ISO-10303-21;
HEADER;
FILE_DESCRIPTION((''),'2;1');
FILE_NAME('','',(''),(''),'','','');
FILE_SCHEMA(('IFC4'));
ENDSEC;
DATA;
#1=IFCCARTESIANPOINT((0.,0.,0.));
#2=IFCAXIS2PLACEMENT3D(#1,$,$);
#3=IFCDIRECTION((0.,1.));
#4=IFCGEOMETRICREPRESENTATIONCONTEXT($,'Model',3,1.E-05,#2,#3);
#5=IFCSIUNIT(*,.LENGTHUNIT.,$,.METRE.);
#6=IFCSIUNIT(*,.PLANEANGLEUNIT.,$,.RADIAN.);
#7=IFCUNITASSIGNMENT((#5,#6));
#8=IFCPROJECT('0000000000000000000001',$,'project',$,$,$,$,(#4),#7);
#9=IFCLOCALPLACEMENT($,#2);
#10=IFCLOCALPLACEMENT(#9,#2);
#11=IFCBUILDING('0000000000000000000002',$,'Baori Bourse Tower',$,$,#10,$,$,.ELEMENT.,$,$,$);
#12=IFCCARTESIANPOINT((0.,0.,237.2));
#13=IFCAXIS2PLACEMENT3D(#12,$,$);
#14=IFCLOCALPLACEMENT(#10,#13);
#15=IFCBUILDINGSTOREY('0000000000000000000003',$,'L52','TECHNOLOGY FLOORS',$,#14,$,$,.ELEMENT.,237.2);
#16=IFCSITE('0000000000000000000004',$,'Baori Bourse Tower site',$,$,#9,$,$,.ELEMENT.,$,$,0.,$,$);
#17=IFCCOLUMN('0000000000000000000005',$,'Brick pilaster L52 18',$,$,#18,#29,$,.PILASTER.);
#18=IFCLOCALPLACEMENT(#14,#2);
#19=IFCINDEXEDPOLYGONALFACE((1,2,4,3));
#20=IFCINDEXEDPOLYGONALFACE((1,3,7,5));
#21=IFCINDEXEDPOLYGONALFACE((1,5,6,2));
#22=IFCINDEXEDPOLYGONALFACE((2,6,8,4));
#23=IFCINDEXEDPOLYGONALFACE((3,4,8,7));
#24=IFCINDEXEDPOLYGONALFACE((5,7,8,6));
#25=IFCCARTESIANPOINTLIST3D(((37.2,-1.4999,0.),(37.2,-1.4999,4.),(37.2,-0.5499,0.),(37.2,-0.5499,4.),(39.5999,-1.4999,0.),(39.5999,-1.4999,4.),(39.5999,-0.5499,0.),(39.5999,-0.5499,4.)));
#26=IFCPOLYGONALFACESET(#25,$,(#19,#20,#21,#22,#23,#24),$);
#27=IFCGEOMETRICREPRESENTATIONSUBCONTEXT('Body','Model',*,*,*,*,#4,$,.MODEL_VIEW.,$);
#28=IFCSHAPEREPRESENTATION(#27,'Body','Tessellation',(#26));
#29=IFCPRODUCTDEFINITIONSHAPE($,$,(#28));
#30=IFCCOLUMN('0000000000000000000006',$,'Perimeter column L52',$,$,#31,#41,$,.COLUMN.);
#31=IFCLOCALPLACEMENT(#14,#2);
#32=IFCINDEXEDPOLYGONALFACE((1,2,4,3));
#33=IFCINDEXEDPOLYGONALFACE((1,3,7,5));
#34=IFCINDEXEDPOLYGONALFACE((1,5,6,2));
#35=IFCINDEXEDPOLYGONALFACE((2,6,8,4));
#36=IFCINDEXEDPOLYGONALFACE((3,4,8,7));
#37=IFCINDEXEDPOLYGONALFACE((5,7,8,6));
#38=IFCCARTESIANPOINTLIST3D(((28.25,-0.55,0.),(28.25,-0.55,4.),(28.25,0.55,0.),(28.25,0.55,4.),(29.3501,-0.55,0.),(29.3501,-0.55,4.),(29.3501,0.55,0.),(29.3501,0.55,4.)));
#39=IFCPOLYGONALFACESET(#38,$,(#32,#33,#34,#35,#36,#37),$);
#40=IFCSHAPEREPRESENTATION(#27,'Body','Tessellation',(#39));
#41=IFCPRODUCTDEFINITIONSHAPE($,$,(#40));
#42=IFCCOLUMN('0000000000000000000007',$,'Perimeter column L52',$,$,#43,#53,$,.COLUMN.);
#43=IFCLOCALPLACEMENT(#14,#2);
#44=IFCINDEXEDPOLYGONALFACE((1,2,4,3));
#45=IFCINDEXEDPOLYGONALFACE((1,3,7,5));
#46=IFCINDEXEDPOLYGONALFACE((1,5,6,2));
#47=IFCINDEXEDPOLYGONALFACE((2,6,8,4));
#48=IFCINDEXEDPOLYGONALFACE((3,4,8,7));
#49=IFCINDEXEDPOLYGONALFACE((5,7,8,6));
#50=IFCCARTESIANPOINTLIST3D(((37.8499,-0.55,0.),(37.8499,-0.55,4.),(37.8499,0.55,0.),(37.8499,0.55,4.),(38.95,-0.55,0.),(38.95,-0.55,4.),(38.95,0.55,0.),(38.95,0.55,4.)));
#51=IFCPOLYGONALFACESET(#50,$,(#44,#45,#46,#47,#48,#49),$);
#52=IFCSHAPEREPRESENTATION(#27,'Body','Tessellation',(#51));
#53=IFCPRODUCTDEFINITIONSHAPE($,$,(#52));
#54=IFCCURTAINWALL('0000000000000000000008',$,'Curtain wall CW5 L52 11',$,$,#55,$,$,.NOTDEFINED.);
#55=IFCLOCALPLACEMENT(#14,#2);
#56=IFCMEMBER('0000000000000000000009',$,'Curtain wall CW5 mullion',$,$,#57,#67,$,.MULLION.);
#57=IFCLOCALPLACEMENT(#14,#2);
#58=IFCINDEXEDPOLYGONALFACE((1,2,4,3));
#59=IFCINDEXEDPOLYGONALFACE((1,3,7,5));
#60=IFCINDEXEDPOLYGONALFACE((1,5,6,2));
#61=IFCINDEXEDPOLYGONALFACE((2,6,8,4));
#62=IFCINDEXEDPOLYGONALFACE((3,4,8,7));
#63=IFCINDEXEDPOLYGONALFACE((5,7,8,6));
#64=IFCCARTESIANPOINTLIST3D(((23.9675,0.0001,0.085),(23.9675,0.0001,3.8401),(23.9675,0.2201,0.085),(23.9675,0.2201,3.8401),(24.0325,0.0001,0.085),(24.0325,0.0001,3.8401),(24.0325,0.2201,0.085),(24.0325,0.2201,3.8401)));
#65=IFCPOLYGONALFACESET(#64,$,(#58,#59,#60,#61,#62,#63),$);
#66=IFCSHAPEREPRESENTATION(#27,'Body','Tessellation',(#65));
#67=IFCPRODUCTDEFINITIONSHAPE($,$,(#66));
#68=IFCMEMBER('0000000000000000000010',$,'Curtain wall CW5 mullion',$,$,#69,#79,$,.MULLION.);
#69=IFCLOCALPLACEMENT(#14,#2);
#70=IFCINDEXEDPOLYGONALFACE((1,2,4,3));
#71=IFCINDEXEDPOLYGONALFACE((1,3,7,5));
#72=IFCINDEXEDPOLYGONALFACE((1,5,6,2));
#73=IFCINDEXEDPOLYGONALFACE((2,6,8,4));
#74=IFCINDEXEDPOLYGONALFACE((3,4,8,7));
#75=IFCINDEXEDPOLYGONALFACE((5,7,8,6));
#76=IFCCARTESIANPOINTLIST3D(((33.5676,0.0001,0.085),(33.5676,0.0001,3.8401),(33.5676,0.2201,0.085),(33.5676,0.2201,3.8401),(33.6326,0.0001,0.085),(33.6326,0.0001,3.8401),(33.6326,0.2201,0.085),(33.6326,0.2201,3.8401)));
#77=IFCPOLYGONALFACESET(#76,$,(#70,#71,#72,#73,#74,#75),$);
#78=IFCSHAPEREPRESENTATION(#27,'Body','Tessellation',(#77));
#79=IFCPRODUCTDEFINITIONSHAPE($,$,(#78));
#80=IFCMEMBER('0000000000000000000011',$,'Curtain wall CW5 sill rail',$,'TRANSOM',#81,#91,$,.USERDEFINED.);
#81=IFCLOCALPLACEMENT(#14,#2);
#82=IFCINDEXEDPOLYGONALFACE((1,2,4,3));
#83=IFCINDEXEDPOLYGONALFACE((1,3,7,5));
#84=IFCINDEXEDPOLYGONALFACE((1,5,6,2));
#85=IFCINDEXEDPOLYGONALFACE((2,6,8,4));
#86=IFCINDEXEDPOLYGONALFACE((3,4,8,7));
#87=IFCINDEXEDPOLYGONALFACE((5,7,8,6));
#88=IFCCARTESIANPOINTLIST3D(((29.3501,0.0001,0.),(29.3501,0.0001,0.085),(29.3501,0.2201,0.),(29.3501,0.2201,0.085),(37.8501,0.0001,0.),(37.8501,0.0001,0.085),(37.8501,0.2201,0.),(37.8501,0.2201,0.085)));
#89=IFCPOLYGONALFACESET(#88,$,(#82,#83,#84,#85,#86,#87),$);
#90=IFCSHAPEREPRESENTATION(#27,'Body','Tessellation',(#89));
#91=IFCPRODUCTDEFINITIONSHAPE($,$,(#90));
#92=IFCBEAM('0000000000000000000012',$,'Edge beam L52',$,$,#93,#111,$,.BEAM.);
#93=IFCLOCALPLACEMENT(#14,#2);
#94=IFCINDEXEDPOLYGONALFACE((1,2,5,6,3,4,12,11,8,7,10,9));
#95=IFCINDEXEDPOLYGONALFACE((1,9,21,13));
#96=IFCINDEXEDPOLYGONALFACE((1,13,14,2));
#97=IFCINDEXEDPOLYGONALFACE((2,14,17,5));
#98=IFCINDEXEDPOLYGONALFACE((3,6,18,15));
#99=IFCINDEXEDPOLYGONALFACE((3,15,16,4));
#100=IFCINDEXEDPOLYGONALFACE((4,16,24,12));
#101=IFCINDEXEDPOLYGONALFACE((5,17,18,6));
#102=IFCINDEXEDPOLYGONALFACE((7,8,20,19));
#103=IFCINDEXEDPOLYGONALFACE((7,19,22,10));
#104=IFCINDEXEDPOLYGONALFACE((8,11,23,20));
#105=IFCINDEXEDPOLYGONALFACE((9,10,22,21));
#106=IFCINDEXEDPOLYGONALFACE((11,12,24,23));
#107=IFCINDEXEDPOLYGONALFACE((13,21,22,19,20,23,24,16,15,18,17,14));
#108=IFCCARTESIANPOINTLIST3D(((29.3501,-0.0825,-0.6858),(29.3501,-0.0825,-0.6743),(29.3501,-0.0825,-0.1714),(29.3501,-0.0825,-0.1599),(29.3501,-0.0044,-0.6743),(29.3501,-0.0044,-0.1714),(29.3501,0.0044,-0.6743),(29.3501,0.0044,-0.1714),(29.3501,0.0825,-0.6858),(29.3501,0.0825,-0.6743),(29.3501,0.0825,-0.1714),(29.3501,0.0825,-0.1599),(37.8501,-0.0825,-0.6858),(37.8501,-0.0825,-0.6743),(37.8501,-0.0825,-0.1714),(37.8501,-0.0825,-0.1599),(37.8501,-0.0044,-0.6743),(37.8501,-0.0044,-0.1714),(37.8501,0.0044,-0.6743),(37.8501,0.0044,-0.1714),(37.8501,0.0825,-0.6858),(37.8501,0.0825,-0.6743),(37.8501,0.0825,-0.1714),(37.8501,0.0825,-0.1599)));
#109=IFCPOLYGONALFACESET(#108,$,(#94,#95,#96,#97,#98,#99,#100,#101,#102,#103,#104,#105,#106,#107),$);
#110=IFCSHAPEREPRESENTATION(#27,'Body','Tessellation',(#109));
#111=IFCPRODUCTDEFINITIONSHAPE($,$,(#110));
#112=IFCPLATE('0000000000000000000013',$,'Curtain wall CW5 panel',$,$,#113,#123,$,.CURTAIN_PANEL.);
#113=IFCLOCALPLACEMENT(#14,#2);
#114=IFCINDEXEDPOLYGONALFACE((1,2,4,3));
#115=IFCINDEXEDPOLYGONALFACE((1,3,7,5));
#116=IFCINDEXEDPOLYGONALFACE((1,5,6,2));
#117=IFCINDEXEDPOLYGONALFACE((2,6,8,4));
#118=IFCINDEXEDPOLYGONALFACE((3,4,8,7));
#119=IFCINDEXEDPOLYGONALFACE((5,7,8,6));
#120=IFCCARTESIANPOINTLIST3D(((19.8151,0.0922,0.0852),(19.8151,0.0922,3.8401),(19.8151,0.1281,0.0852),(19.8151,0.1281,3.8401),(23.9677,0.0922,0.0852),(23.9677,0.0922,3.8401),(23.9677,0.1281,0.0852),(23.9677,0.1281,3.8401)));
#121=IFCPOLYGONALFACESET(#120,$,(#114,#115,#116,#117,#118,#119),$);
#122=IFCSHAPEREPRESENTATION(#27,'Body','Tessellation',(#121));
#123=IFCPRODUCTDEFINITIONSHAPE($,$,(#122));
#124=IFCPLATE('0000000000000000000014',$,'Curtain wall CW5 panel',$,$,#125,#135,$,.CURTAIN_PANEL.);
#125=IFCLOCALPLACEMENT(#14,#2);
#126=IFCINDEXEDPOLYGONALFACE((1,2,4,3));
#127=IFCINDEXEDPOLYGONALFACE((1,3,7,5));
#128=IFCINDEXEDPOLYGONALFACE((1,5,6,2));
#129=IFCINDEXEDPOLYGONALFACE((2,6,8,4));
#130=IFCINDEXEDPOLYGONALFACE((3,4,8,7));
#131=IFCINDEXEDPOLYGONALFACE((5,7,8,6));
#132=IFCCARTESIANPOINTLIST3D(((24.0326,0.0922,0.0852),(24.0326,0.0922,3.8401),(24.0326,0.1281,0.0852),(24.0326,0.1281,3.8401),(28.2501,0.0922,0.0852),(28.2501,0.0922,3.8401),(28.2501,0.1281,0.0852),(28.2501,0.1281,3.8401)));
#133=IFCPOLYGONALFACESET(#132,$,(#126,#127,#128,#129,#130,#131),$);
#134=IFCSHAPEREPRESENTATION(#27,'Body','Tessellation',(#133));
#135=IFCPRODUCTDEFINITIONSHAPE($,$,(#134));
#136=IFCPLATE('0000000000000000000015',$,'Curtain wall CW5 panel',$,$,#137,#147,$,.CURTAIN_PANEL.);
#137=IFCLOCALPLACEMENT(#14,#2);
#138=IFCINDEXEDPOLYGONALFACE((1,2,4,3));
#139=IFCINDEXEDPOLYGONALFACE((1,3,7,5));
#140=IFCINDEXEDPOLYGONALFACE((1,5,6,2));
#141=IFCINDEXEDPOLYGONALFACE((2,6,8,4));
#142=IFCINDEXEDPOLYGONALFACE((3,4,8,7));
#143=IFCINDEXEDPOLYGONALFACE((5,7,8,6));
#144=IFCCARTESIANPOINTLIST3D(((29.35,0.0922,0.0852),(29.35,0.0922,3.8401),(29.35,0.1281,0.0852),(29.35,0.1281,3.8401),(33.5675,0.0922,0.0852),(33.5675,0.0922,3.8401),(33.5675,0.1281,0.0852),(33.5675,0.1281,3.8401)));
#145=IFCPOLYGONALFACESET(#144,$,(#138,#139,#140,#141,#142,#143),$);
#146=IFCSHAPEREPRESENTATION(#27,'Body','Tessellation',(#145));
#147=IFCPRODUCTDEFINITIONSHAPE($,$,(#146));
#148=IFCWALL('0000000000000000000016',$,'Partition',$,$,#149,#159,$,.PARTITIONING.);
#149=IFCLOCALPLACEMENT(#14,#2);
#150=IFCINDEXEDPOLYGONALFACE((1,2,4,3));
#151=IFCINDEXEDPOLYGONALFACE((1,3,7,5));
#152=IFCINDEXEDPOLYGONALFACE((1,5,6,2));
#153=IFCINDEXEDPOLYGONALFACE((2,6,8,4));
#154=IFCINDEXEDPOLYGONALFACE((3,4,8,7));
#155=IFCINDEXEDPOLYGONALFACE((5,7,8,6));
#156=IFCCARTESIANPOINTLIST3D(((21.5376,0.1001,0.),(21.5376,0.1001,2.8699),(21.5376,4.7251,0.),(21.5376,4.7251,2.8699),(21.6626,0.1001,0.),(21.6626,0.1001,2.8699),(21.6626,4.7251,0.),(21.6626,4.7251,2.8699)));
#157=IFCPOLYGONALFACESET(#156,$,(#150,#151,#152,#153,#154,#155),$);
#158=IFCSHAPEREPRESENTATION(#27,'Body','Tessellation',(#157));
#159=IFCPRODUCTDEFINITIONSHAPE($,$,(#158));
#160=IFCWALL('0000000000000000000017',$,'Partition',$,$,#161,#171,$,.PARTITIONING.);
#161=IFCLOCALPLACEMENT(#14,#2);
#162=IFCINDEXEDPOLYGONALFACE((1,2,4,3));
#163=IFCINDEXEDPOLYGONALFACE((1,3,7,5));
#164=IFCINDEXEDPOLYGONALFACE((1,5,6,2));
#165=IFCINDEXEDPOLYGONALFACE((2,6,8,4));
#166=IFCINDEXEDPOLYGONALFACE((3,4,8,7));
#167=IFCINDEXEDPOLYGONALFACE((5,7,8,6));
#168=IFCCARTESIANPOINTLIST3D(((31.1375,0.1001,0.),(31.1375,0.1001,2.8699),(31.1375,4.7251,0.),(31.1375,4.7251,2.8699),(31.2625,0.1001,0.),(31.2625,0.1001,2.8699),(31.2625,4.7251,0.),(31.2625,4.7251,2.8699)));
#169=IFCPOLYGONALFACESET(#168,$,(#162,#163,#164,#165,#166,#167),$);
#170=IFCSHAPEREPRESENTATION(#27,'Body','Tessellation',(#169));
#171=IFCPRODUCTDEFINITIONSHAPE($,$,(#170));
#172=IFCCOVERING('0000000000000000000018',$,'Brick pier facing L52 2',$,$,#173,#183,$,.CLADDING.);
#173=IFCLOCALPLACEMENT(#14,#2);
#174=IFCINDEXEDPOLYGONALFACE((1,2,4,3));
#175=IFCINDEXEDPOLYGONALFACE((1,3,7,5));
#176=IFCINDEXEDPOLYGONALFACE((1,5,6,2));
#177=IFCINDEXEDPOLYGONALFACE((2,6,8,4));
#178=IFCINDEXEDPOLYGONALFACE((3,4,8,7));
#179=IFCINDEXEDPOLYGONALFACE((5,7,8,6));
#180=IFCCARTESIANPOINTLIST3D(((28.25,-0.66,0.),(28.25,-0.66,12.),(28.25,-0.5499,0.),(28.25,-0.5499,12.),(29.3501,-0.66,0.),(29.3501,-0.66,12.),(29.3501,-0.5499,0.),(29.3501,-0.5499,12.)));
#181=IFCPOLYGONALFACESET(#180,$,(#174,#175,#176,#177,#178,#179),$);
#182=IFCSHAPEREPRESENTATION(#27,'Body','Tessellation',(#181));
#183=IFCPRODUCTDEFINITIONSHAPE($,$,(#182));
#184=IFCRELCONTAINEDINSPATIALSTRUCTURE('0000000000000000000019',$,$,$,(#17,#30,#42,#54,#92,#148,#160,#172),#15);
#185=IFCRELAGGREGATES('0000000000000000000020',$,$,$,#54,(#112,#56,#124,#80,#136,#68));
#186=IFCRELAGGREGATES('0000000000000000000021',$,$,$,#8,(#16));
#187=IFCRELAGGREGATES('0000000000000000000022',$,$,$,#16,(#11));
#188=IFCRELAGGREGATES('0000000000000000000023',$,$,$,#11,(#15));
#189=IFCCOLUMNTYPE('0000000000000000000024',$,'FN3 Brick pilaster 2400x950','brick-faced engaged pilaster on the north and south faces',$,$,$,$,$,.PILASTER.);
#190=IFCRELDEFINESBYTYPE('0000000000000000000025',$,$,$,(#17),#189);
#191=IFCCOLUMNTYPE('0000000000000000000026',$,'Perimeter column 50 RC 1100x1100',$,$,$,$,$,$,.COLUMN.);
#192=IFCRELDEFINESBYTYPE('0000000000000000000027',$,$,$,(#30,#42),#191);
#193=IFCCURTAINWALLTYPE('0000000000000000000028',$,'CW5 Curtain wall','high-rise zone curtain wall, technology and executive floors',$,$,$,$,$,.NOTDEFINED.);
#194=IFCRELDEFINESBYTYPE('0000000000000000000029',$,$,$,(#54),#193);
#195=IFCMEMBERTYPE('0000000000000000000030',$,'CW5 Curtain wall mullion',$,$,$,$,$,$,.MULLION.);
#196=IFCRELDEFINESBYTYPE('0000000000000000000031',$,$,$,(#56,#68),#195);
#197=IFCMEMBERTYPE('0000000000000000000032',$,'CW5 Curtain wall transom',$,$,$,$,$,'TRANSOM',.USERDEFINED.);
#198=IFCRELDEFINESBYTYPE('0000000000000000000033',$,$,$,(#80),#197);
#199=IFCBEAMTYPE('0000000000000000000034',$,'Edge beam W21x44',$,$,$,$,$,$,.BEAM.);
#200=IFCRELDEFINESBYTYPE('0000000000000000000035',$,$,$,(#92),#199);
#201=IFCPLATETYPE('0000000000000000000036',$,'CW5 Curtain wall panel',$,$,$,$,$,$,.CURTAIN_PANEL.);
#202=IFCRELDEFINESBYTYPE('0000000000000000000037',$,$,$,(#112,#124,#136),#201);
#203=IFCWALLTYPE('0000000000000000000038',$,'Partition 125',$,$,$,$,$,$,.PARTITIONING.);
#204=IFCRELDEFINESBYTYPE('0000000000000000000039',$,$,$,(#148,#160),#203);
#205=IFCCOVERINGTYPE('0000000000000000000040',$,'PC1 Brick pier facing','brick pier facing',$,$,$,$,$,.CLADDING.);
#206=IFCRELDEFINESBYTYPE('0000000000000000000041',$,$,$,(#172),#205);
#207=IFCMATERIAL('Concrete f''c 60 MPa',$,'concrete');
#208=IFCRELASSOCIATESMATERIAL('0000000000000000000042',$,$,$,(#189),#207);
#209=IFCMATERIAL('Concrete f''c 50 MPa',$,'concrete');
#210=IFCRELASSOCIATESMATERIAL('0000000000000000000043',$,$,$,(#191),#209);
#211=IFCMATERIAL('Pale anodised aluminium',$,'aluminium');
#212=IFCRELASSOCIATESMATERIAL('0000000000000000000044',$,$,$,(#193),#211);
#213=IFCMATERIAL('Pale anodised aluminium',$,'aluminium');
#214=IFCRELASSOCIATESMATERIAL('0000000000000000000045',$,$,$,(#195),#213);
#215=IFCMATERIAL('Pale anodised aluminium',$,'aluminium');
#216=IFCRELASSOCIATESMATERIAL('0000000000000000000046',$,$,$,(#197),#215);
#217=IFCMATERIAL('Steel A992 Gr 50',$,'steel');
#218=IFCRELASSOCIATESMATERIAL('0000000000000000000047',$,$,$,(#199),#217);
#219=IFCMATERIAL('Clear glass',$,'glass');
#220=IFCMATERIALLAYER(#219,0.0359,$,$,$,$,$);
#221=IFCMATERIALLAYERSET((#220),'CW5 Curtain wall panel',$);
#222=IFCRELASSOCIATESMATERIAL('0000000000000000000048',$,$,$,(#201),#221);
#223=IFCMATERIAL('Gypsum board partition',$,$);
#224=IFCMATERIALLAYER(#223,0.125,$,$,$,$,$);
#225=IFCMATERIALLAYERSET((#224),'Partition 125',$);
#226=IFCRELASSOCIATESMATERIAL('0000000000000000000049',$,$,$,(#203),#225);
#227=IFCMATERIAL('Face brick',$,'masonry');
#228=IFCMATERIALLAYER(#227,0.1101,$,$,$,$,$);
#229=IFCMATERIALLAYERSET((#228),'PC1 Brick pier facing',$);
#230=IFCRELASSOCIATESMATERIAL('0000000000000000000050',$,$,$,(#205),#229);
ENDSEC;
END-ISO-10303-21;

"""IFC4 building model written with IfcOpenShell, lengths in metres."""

from ifc_helpers import new_model, si_unit, direction, frame, frame_2d, origin, origin_2d, place, context, subcontext, project, spatial, rectangle, i_section, extrude, material, layer, layer_set, material_profile, profile_set, type_object, element, aggregate, save


model = new_model("IFC4")

# Units and contexts
model_context = context("Model", 3, precision=1e-05, world=origin(), true_north=direction((0.0, 1.0)))
body_context = subcontext(model_context, "Body", "Model", "MODEL_VIEW")
ifc_project = project(units=[si_unit("LENGTHUNIT", "METRE"), si_unit("PLANEANGLEUNIT", "RADIAN")], contexts=[model_context])

# Site, building, storey
site_placement = place(None, origin())
site = spatial("IfcSite", under=ifc_project, at=site_placement, Name="Baori Bourse Tower site", CompositionType="ELEMENT", RefElevation=0.0)
building_placement = place(site_placement, origin())
building = spatial("IfcBuilding", under=site, at=building_placement, Name="Baori Bourse Tower", CompositionType="ELEMENT")
storey_placement = place(building_placement, frame((0.0, 0.0, 237.2)))
storey = spatial("IfcBuildingStorey", under=building, at=storey_placement, Name="L52", Description="TECHNOLOGY FLOORS", CompositionType="ELEMENT", Elevation=237.2)

# Columns
ifc_material_1 = material(Name="Concrete f'c 60 MPa", Category="concrete")
ifc_material_profile_1 = material_profile(ifc_material_1, rectangle(XDim=2.3999, YDim=0.95, at=origin_2d()), Name="RC 2400x950")
ifc_profile_set_1 = profile_set([ifc_material_profile_1], Name="Concrete f'c 60 MPa")
column_type_1 = type_object("IfcColumnType", Name="FN3 Brick pilaster 2400x950", Description="brick-faced engaged pilaster on the north and south faces", PredefinedType="PILASTER", material=ifc_profile_set_1)
column_placement = place(storey_placement, frame((38.3999, -1.0249, 0.0), z_axis=(0.0, 0.0, 1.0), x_axis=(1.0, 0.0, 0.0)))
element("IfcColumn", 1, at=column_placement, inside=storey, type_object=column_type_1, Name="Brick pilaster L52 18", PredefinedType="PILASTER", context=body_context, shape_type="SweptSolid", body=[
    extrude(rectangle(XDim=2.3999, YDim=0.95, at=origin_2d()), origin(), (0.0, 0.0, 1.0), 4.0),
])
ifc_material_2 = material(Name="Concrete f'c 50 MPa", Category="concrete")
ifc_material_profile_2 = material_profile(ifc_material_2, rectangle(XDim=1.1001, YDim=1.1001, at=origin_2d()), Name="RC 1100x1100")
ifc_profile_set_2 = profile_set([ifc_material_profile_2], Name="Concrete f'c 50 MPa")
column_type_2 = type_object("IfcColumnType", Name="Perimeter column 50 RC 1100x1100", PredefinedType="COLUMN", material=ifc_profile_set_2)
for number, where, z_axis, x_axis, name in (
    (2, (28.8, 0.0, 0.0), (0.0, 0.0, 1.0), (1.0, 0.0, 0.0), "Perimeter column L52"),
    (3, (38.3999, 0.0, 0.0), (0.0, 0.0, 1.0), (1.0, 0.0, 0.0), "Perimeter column L52"),
):
    element("IfcColumn", number, at=place(storey_placement, frame(where, z_axis=z_axis, x_axis=x_axis)), inside=storey, type_object=column_type_2, Name=name, PredefinedType="COLUMN", context=body_context, shape_type="SweptSolid", body=[
        extrude(rectangle(XDim=1.1001, YDim=1.1001, at=origin_2d()), origin(), (0.0, 0.0, 1.0), 4.0),
    ])

# Curtain wall, members
ifc_material_3 = material(Name="Pale anodised aluminium", Category="aluminium")
curtain_wall_type = type_object("IfcCurtainWallType", Name="CW5 Curtain wall", Description="high-rise zone curtain wall, technology and executive floors", PredefinedType="NOTDEFINED", material=ifc_material_3)
curtain_wall_placement = place(storey_placement, origin())
curtain_wall = element("IfcCurtainWall", 4, at=curtain_wall_placement, inside=storey, type_object=curtain_wall_type, Name="Curtain wall CW5 L52 11", PredefinedType="NOTDEFINED")
ifc_material_4 = material(Name="Pale anodised aluminium", Category="aluminium")
ifc_material_profile_3 = material_profile(ifc_material_4, rectangle(XDim=0.22, YDim=0.0649, at=origin_2d()), Name="Mullion 65x220")
ifc_profile_set_3 = profile_set([ifc_material_profile_3], Name="Pale anodised aluminium")
member_type_1 = type_object("IfcMemberType", Name="CW5 Curtain wall mullion", PredefinedType="MULLION", material=ifc_profile_set_3)
member_1_placement = place(storey_placement, frame((24.0, 0.1101, 0.085), z_axis=(0.0, 0.0, 1.0), x_axis=(0.0, 1.0, 0.0)))
member_1 = element("IfcMember", 5, at=member_1_placement, type_object=member_type_1, Name="Curtain wall CW5 mullion", PredefinedType="MULLION", context=body_context, shape_type="SweptSolid", body=[
    extrude(rectangle(XDim=0.22, YDim=0.0649, at=origin_2d()), origin(), (0.0, 0.0, 1.0), 3.7551),
])
member_2_placement = place(storey_placement, frame((33.6001, 0.1101, 0.085), z_axis=(0.0, 0.0, 1.0), x_axis=(0.0, 1.0, 0.0)))
member_2 = element("IfcMember", 6, at=member_2_placement, type_object=member_type_1, Name="Curtain wall CW5 mullion", PredefinedType="MULLION", context=body_context, shape_type="SweptSolid", body=[
    extrude(rectangle(XDim=0.22, YDim=0.0649, at=origin_2d()), origin(), (0.0, 0.0, 1.0), 3.7551),
])
ifc_material_5 = material(Name="Pale anodised aluminium", Category="aluminium")
ifc_material_profile_4 = material_profile(ifc_material_5, rectangle(XDim=0.22, YDim=0.085, at=origin_2d()), Name="Transom 85x220")
ifc_profile_set_4 = profile_set([ifc_material_profile_4], Name="Pale anodised aluminium")
member_type_2 = type_object("IfcMemberType", Name="CW5 Curtain wall transom", ElementType="TRANSOM", PredefinedType="USERDEFINED", material=ifc_profile_set_4)
member_3_placement = place(storey_placement, frame((29.3501, 0.1101, 0.0425), z_axis=(1.0, 0.0, 0.0), x_axis=(0.0, 1.0, 0.0)))
member_3 = element("IfcMember", 7, at=member_3_placement, type_object=member_type_2, Name="Curtain wall CW5 sill rail", ObjectType="TRANSOM", PredefinedType="USERDEFINED", context=body_context, shape_type="SweptSolid", body=[
    extrude(rectangle(XDim=0.22, YDim=0.085, at=origin_2d()), origin(), (0.0, 0.0, 1.0), 8.5),
])

# Beam
ifc_material_6 = material(Name="Steel A992 Gr 50", Category="steel")
ifc_material_profile_5 = material_profile(ifc_material_6, i_section(OverallWidth=0.165, OverallDepth=0.5259, WebThickness=0.0088, FlangeThickness=0.0115, at=origin_2d()), Name="W21x44")
ifc_profile_set_5 = profile_set([ifc_material_profile_5], Name="Steel A992 Gr 50")
beam_type = type_object("IfcBeamType", Name="Edge beam W21x44", PredefinedType="BEAM", material=ifc_profile_set_5)
beam_placement = place(storey_placement, frame((29.3501, 0.0, -0.4229), z_axis=(1.0, 0.0, 0.0), x_axis=(0.0, 1.0, 0.0)))
element("IfcBeam", 8, at=beam_placement, inside=storey, type_object=beam_type, Name="Edge beam L52", PredefinedType="BEAM", context=body_context, shape_type="SweptSolid", body=[
    extrude(i_section(OverallWidth=0.165, OverallDepth=0.5259, WebThickness=0.0088, FlangeThickness=0.0115, at=origin_2d()), origin(), (0.0, 0.0, 1.0), 8.5),
])

# Plates
ifc_material_7 = material(Name="Clear glass", Category="glass")
ifc_layer_1 = layer(ifc_material_7, 0.0359)
ifc_layer_set_1 = layer_set([ifc_layer_1], Name="CW5 Curtain wall panel")
plate_type = type_object("IfcPlateType", Name="CW5 Curtain wall panel", PredefinedType="CURTAIN_PANEL", material=ifc_layer_set_1)
plate_1_placement = place(storey_placement, frame((21.8914, 0.1101, 0.0852), z_axis=(0.0, 0.0, 1.0), x_axis=(1.0, 0.0, 0.0)))
plate_1 = element("IfcPlate", 9, at=plate_1_placement, type_object=plate_type, Name="Curtain wall CW5 panel", PredefinedType="CURTAIN_PANEL", context=body_context, shape_type="SweptSolid", body=[
    extrude(rectangle(XDim=4.1526, YDim=0.0359, at=origin_2d()), origin(), (0.0, 0.0, 1.0), 3.7549),
])
plate_2_placement = place(storey_placement, frame((26.1414, 0.1101, 0.0852), z_axis=(0.0, 0.0, 1.0), x_axis=(1.0, 0.0, 0.0)))
plate_2 = element("IfcPlate", 10, at=plate_2_placement, type_object=plate_type, Name="Curtain wall CW5 panel", PredefinedType="CURTAIN_PANEL", context=body_context, shape_type="SweptSolid", body=[
    extrude(rectangle(XDim=4.2175, YDim=0.0359, at=origin_2d()), origin(), (0.0, 0.0, 1.0), 3.7549),
])
plate_3_placement = place(storey_placement, frame((31.4587, 0.1101, 0.0852), z_axis=(0.0, 0.0, 1.0), x_axis=(1.0, 0.0, 0.0)))
plate_3 = element("IfcPlate", 11, at=plate_3_placement, type_object=plate_type, Name="Curtain wall CW5 panel", PredefinedType="CURTAIN_PANEL", context=body_context, shape_type="SweptSolid", body=[
    extrude(rectangle(XDim=4.2175, YDim=0.0359, at=origin_2d()), origin(), (0.0, 0.0, 1.0), 3.7549),
])
aggregate(curtain_wall, [plate_1, member_1, plate_2, member_3, plate_3, member_2])

# Walls
ifc_material_8 = material(Name="Gypsum board partition")
ifc_layer_2 = layer(ifc_material_8, 0.125)
ifc_layer_set_2 = layer_set([ifc_layer_2], Name="Partition 125")
wall_type = type_object("IfcWallType", Name="Partition 125", PredefinedType="PARTITIONING", material=ifc_layer_set_2)
for number, where, z_axis, x_axis, name in (
    (12, (21.6001, 0.1001, 0.0), (0.0, 0.0, 1.0), (0.0, 1.0, 0.0), "Partition"),
    (13, (31.2, 0.1001, 0.0), (0.0, 0.0, 1.0), (0.0, 1.0, 0.0), "Partition"),
):
    element("IfcWall", number, at=place(storey_placement, frame(where, z_axis=z_axis, x_axis=x_axis)), inside=storey, type_object=wall_type, Name=name, PredefinedType="PARTITIONING", context=body_context, shape_type="SweptSolid", body=[
        extrude(rectangle(XDim=4.625, YDim=0.125, at=frame_2d((2.3125, 0.0))), origin(), (0.0, 0.0, 1.0), 2.8699),
    ])

# Covering
ifc_material_9 = material(Name="Face brick", Category="masonry")
ifc_layer_3 = layer(ifc_material_9, 0.1101)
ifc_layer_set_3 = layer_set([ifc_layer_3], Name="PC1 Brick pier facing")
covering_type = type_object("IfcCoveringType", Name="PC1 Brick pier facing", Description="brick pier facing", PredefinedType="CLADDING", material=ifc_layer_set_3)
covering_placement = place(storey_placement, frame((28.8, -0.605, 0.0), z_axis=(0.0, 0.0, 1.0), x_axis=(1.0, 0.0, 0.0)))
element("IfcCovering", 14, at=covering_placement, inside=storey, type_object=covering_type, Name="Brick pier facing L52 2", PredefinedType="CLADDING", context=body_context, shape_type="SweptSolid", body=[
    extrude(rectangle(XDim=1.1001, YDim=0.1101, at=origin_2d()), origin(), (0.0, 0.0, 1.0), 12.0),
])

save(model, "model.ifc")
